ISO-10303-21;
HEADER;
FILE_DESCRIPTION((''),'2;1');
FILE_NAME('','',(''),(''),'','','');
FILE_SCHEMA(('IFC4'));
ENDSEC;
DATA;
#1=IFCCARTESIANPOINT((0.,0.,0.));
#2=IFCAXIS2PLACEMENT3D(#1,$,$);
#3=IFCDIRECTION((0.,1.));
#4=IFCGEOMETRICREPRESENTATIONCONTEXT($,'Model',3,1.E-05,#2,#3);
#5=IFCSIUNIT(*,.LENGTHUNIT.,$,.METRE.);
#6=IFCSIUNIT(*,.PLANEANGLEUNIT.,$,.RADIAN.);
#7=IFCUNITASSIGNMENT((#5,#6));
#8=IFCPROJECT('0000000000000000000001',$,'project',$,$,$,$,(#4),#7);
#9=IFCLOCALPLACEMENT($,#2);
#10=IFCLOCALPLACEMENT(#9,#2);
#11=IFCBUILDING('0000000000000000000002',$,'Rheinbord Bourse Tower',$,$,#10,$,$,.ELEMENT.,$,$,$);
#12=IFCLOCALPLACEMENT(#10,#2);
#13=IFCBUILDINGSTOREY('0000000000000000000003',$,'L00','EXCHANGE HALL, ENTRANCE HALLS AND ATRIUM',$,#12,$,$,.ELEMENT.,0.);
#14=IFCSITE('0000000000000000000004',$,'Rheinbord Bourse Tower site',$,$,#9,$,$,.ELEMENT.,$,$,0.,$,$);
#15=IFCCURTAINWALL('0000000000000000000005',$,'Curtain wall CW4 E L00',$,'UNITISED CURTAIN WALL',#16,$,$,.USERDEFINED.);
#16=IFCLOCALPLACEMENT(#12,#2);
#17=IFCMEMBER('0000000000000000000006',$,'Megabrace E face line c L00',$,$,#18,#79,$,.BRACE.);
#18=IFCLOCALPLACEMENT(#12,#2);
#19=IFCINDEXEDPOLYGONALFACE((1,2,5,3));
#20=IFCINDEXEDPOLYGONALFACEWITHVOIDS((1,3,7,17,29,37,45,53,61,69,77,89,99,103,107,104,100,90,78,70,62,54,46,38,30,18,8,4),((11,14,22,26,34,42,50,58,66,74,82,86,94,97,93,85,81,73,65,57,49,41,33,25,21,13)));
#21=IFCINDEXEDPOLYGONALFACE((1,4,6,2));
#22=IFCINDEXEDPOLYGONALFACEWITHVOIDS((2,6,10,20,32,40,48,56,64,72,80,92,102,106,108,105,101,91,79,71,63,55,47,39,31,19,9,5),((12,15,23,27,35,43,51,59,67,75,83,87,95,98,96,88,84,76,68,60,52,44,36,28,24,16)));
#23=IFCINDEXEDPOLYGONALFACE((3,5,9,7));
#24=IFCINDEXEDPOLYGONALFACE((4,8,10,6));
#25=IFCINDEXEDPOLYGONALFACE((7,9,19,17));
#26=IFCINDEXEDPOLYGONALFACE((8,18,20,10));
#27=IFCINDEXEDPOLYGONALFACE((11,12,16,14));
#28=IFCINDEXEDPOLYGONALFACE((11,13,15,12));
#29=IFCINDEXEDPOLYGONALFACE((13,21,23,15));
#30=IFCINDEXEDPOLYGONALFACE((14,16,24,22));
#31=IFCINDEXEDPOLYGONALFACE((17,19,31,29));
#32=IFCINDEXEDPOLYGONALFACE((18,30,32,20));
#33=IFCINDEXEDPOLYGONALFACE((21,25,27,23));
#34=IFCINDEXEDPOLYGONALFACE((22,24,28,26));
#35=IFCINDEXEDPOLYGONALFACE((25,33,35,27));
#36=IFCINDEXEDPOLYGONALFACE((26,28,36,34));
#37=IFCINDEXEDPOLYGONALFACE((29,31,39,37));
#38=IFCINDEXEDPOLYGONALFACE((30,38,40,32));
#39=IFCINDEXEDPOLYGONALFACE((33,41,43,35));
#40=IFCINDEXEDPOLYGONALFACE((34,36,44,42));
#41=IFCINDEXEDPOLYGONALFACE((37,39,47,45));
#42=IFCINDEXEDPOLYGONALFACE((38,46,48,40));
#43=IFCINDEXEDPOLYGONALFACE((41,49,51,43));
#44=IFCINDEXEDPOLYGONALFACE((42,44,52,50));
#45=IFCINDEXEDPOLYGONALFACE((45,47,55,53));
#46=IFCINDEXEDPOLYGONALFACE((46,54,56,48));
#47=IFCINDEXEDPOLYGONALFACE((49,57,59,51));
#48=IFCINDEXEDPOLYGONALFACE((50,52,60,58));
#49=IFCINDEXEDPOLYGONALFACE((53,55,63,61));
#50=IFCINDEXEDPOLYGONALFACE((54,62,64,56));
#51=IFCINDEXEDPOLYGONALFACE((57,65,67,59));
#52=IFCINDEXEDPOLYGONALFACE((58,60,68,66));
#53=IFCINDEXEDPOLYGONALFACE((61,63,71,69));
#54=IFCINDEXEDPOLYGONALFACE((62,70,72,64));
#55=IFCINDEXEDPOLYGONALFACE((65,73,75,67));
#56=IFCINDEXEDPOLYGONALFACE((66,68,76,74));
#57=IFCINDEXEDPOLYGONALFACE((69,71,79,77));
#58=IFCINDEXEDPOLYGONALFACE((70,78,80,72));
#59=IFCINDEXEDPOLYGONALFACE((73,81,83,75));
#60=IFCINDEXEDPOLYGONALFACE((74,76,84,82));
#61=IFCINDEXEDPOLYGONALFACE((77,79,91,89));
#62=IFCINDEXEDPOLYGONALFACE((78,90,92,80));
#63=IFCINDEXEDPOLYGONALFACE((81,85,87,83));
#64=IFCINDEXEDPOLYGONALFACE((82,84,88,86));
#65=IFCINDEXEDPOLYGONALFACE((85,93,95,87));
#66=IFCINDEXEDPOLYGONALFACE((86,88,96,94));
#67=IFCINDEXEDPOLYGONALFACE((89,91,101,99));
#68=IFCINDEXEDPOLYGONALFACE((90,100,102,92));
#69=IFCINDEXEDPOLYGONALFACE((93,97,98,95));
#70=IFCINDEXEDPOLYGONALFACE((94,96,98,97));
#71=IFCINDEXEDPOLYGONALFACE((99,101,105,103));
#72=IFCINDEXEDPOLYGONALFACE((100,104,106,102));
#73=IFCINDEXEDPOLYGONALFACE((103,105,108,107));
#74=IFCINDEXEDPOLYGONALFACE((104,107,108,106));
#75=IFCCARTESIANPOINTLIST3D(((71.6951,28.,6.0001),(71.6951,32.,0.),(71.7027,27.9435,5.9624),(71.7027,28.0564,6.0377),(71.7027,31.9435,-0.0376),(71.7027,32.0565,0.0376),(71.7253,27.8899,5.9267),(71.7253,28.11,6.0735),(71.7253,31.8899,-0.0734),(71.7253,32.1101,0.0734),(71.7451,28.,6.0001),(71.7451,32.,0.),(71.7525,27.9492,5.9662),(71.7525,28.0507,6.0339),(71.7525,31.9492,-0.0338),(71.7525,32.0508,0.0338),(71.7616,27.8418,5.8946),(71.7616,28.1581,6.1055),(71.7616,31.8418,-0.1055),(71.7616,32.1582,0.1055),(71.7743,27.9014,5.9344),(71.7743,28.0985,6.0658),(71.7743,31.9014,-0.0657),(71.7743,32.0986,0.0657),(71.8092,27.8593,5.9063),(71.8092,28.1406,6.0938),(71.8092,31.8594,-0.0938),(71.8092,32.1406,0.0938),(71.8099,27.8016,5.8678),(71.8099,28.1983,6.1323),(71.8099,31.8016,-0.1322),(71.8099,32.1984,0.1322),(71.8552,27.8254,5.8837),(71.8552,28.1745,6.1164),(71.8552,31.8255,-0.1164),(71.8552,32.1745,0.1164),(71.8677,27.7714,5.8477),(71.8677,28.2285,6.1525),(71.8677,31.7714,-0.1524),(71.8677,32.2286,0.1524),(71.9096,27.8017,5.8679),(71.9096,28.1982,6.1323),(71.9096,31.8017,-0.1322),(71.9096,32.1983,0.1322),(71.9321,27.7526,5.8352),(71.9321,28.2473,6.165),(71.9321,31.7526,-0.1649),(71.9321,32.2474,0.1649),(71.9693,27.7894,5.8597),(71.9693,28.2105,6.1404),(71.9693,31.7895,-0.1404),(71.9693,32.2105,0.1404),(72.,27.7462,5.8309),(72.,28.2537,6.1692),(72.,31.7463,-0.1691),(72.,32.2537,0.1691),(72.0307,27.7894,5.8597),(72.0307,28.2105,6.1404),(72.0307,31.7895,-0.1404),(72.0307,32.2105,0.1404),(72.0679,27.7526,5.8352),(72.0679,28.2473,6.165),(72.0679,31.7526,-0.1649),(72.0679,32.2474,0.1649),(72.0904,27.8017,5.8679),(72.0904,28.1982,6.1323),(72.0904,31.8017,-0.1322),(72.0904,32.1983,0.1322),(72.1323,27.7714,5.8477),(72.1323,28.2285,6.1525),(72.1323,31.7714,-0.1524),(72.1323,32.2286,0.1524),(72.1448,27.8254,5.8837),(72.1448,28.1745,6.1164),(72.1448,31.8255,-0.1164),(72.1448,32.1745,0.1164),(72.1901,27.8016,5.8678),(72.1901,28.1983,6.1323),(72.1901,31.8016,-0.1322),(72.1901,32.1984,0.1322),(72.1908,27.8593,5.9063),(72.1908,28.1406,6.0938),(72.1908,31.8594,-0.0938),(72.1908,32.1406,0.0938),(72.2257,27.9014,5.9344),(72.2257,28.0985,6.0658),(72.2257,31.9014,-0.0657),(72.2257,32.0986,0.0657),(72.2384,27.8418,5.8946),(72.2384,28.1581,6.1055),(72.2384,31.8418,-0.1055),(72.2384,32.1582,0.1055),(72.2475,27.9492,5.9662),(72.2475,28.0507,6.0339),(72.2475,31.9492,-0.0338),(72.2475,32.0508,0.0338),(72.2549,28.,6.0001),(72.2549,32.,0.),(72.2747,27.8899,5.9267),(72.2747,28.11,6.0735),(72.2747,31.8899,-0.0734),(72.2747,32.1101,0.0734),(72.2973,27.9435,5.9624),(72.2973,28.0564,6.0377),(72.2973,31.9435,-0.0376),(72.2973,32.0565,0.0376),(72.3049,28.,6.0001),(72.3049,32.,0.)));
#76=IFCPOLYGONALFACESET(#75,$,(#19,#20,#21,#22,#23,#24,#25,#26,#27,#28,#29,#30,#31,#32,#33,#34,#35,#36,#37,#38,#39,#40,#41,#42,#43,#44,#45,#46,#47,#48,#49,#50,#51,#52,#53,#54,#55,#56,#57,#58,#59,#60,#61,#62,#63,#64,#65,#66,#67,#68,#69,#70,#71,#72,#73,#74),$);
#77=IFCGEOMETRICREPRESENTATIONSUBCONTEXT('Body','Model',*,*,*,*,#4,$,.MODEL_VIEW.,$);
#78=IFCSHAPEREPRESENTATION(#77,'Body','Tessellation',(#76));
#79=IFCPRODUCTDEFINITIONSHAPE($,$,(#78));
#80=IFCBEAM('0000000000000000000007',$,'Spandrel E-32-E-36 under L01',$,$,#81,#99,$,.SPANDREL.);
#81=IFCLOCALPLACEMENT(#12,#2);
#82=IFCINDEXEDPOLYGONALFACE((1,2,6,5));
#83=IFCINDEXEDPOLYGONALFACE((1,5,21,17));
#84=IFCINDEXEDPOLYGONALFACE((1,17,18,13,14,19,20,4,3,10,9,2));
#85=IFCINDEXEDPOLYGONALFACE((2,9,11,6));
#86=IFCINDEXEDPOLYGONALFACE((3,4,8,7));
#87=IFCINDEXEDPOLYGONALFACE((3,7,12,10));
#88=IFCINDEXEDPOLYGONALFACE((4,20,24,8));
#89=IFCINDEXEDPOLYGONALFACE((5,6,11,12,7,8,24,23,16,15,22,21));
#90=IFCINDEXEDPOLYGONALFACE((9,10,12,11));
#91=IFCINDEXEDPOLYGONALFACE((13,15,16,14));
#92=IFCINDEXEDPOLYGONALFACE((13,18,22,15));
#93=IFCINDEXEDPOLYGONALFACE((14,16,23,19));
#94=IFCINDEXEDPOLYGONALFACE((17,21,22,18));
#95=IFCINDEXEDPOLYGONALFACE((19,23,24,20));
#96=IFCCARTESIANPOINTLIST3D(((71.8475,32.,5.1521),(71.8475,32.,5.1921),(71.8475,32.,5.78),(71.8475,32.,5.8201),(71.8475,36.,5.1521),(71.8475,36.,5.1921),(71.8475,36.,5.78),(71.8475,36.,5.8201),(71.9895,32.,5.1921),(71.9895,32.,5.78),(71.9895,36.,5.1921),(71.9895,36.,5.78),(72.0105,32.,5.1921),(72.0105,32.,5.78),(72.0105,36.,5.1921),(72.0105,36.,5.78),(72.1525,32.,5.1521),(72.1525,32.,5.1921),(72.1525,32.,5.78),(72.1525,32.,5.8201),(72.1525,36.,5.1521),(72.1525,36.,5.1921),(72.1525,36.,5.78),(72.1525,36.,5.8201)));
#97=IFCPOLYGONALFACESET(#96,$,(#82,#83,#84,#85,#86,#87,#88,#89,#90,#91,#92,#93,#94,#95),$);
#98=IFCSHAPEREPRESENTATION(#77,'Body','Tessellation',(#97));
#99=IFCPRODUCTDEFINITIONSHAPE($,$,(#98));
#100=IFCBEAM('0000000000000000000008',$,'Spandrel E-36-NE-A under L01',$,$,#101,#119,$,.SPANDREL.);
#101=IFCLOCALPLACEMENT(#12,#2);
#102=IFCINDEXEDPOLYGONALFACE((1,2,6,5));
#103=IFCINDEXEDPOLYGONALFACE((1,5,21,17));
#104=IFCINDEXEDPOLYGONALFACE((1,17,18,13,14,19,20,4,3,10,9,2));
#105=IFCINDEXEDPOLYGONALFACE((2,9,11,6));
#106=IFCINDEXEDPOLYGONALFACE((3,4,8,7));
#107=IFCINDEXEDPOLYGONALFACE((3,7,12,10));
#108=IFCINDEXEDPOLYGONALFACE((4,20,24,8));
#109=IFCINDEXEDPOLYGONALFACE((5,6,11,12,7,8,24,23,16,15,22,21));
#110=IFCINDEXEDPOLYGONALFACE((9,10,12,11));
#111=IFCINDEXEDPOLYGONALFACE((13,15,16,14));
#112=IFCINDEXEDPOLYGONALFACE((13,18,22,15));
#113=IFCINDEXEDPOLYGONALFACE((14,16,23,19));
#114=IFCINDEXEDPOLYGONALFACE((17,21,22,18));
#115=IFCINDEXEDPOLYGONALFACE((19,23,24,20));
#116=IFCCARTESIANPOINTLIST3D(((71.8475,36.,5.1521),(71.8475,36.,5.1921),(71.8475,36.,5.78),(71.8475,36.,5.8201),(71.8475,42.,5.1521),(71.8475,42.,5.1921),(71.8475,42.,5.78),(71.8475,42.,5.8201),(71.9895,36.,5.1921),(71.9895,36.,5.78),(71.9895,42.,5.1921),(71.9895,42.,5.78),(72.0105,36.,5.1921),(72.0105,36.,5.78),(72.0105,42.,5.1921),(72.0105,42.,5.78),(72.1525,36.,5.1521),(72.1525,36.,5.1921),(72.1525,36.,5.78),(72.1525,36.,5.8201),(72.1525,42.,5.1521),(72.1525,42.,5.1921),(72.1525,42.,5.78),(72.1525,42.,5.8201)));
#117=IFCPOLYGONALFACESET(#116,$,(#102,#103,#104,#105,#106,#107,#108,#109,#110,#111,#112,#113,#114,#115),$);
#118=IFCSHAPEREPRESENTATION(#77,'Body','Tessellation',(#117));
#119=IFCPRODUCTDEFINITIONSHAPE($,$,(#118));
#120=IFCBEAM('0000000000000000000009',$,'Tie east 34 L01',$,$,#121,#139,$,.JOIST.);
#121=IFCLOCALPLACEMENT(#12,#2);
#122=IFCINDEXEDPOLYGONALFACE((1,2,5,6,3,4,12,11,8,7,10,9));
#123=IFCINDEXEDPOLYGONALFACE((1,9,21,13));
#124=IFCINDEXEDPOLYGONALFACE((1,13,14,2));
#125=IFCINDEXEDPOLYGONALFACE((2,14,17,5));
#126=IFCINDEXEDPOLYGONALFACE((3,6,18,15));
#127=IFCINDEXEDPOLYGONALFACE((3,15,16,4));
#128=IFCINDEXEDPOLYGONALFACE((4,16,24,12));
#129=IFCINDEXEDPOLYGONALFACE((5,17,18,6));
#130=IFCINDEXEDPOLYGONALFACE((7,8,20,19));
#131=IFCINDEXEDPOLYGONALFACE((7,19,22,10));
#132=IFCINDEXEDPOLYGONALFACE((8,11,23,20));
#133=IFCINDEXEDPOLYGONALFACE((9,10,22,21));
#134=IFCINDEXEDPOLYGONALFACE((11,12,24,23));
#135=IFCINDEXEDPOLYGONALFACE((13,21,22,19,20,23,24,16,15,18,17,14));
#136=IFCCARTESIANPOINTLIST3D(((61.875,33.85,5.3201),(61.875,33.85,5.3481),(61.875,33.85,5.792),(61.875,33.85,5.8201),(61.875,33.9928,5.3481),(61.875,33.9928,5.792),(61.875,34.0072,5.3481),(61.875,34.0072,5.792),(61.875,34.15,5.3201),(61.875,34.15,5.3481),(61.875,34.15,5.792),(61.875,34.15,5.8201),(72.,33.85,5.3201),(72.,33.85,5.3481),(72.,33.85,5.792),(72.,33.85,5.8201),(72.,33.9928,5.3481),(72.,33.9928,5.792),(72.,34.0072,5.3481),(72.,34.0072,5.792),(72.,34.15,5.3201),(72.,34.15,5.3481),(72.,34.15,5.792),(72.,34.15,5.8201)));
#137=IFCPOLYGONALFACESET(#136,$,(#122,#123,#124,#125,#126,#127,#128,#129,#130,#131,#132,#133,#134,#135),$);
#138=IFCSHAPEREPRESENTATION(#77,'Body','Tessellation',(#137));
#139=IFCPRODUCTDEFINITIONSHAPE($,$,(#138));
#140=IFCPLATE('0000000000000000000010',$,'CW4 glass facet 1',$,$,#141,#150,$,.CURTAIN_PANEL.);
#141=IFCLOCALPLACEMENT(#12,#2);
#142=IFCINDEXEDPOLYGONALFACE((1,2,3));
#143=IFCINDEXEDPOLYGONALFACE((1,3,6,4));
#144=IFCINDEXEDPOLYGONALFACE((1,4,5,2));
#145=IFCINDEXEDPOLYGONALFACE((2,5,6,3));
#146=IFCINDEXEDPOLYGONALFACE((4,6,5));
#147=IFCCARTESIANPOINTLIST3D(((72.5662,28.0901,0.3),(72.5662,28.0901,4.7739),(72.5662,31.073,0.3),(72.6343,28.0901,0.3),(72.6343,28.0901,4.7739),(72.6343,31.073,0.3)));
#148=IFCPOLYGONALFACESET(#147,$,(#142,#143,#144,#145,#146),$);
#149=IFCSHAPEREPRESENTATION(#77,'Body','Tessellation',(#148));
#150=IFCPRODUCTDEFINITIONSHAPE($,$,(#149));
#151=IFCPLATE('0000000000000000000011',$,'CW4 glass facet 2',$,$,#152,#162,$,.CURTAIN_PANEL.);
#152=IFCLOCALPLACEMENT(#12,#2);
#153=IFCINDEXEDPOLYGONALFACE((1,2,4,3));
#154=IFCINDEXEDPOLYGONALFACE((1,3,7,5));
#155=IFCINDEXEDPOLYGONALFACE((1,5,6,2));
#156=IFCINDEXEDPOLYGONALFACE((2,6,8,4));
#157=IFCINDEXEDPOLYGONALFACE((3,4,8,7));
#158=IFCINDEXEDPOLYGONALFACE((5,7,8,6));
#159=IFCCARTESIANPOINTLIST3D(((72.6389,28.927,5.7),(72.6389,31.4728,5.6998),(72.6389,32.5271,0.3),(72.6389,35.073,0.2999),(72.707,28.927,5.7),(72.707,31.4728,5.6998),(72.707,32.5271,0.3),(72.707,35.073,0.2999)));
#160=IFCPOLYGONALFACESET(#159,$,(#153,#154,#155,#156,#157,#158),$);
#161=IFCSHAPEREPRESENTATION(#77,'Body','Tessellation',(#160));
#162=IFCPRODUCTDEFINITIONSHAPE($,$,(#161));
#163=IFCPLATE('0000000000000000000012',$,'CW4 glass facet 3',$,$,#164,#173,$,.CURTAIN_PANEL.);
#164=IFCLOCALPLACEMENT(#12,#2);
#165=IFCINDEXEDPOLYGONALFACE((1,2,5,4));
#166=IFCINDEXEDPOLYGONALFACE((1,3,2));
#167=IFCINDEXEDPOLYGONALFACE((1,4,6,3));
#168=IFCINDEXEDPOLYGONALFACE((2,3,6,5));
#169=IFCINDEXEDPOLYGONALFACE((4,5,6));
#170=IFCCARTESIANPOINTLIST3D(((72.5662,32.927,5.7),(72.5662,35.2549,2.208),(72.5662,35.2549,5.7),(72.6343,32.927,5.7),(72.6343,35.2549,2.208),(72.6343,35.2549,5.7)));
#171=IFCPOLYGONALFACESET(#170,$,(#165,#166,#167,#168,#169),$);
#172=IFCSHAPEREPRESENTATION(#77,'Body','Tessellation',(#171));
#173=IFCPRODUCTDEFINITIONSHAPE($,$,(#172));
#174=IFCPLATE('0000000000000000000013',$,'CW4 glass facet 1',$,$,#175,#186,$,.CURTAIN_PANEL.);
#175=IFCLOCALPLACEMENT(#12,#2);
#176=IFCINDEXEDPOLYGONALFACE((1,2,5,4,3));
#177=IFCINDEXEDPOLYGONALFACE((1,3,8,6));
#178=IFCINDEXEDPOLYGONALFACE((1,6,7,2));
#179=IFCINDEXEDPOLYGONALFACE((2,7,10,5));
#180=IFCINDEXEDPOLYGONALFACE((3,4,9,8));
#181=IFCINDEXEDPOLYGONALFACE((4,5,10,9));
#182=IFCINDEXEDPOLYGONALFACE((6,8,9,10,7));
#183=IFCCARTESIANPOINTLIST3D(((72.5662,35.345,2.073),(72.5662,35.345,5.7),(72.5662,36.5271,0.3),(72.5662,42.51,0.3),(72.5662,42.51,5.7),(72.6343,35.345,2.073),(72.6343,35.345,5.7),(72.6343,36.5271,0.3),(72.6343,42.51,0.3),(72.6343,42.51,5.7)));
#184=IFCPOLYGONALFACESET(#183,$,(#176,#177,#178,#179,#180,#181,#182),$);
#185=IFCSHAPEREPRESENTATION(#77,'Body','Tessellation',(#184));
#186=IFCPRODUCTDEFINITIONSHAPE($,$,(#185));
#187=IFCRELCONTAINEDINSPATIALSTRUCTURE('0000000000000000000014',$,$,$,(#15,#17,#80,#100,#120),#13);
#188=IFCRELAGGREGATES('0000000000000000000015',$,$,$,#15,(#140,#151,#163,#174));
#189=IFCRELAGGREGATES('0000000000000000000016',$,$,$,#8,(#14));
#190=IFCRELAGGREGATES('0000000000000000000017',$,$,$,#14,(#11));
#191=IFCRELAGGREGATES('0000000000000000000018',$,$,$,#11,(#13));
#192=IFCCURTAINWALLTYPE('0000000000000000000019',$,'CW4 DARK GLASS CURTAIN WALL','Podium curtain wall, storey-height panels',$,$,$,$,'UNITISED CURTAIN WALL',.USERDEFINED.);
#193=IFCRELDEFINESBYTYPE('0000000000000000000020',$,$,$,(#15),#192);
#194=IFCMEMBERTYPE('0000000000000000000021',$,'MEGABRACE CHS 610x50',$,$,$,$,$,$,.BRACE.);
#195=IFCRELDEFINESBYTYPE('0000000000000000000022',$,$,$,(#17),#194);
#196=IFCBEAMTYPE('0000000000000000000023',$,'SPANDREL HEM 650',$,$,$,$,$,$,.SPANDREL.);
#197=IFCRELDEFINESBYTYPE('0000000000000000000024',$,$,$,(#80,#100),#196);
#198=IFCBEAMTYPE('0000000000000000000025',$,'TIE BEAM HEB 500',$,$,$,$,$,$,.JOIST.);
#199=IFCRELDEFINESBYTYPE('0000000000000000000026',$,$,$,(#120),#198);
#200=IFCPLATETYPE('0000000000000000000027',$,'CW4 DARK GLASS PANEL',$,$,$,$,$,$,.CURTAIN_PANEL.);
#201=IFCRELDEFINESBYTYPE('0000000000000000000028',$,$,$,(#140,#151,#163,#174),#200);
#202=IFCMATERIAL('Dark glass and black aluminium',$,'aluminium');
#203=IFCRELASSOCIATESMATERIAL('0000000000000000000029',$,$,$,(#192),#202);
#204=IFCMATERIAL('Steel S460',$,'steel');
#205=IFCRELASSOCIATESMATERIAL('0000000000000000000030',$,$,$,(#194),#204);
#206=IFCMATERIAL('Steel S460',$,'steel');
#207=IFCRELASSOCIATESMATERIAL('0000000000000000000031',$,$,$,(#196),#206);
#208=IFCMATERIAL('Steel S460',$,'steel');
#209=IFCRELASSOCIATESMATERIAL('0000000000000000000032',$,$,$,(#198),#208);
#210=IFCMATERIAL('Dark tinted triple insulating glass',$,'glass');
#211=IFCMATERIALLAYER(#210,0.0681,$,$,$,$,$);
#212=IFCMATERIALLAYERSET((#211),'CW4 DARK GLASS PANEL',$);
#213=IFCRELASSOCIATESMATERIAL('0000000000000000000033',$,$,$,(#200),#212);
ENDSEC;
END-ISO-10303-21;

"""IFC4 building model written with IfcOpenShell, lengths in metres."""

from ifc_helpers import new_model, si_unit, direction, frame, origin, origin_2d, place, context, subcontext, project, spatial, polyline, hollow_circle, i_section, outline, extrude, material, layer, layer_set, material_profile, profile_set, type_object, element, aggregate, save


model = new_model("IFC4")

# Units and contexts
model_context = context("Model", 3, precision=1e-05, world=origin(), true_north=direction((0.0, 1.0)))
body_context = subcontext(model_context, "Body", "Model", "MODEL_VIEW")
ifc_project = project(units=[si_unit("LENGTHUNIT", "METRE"), si_unit("PLANEANGLEUNIT", "RADIAN")], contexts=[model_context])

# Site, building, storey
site_placement = place(None, origin())
site = spatial("IfcSite", under=ifc_project, at=site_placement, Name="Rheinbord Bourse Tower site", CompositionType="ELEMENT", RefElevation=0.0)
building_placement = place(site_placement, origin())
building = spatial("IfcBuilding", under=site, at=building_placement, Name="Rheinbord Bourse Tower", CompositionType="ELEMENT")
storey_placement = place(building_placement, origin())
storey = spatial("IfcBuildingStorey", under=building, at=storey_placement, Name="L00", Description="EXCHANGE HALL, ENTRANCE HALLS AND ATRIUM", CompositionType="ELEMENT", Elevation=0.0)

# Curtain wall
ifc_material_1 = material(Name="Dark glass and black aluminium", Category="aluminium")
curtain_wall_type = type_object("IfcCurtainWallType", Name="CW4 DARK GLASS CURTAIN WALL", Description="Podium curtain wall, storey-height panels", ElementType="UNITISED CURTAIN WALL", PredefinedType="USERDEFINED", material=ifc_material_1)
curtain_wall_placement = place(storey_placement, origin())
curtain_wall = element("IfcCurtainWall", 1, at=curtain_wall_placement, inside=storey, type_object=curtain_wall_type, Name="Curtain wall CW4 E L00", ObjectType="UNITISED CURTAIN WALL", PredefinedType="USERDEFINED")

# Member
ifc_material_2 = material(Name="Steel S460", Category="steel")
ifc_material_profile_1 = material_profile(ifc_material_2, hollow_circle(Radius=0.3049, WallThickness=0.05, at=origin_2d()), Name="CHS 610x50")
ifc_profile_set_1 = profile_set([ifc_material_profile_1], Name="Steel S460")
member_type_1 = type_object("IfcMemberType", Name="MEGABRACE CHS 610x50", PredefinedType="BRACE", material=ifc_profile_set_1)
for number, where, z_axis, x_axis, name in (
    (2, (72.0, 32.0, 0.0), (0.0, -0.5547, 0.83205), (1.0, 0.0, 0.0), "Megabrace E face line c L00"),
):
    element("IfcMember", number, at=place(storey_placement, frame(where, z_axis=z_axis, x_axis=x_axis)), inside=storey, type_object=member_type_1, Name=name, PredefinedType="BRACE", context=body_context, shape_type="SweptSolid", body=[
        extrude(hollow_circle(Radius=0.3049, WallThickness=0.05, at=origin_2d()), origin(), (0.0, 0.0, 1.0), 7.2112),
    ])

# Beams
ifc_material_3 = material(Name="Steel S460", Category="steel")
ifc_material_profile_2 = material_profile(ifc_material_3, i_section(OverallWidth=0.3049, OverallDepth=0.668, WebThickness=0.021, FlangeThickness=0.04, at=origin_2d()), Name="HEM 650")
ifc_profile_set_2 = profile_set([ifc_material_profile_2], Name="Steel S460")
beam_type_1 = type_object("IfcBeamType", Name="SPANDREL HEM 650", PredefinedType="SPANDREL", material=ifc_profile_set_2)
beam_1_placement = place(storey_placement, frame((72.0, 32.0, 5.4861), z_axis=(0.0, 1.0, 0.0), x_axis=(-1.0, 0.0, 0.0)))
element("IfcBeam", 3, at=beam_1_placement, inside=storey, type_object=beam_type_1, Name="Spandrel E-32-E-36 under L01", PredefinedType="SPANDREL", context=body_context, shape_type="SweptSolid", body=[
    extrude(i_section(OverallWidth=0.3049, OverallDepth=0.668, WebThickness=0.021, FlangeThickness=0.04, at=origin_2d()), origin(), (0.0, 0.0, 1.0), 4.0),
])
beam_2_placement = place(storey_placement, frame((72.0, 36.0, 5.4861), z_axis=(0.0, 1.0, 0.0), x_axis=(-1.0, 0.0, 0.0)))
element("IfcBeam", 4, at=beam_2_placement, inside=storey, type_object=beam_type_1, Name="Spandrel E-36-NE-A under L01", PredefinedType="SPANDREL", context=body_context, shape_type="SweptSolid", body=[
    extrude(i_section(OverallWidth=0.3049, OverallDepth=0.668, WebThickness=0.021, FlangeThickness=0.04, at=origin_2d()), origin(), (0.0, 0.0, 1.0), 6.0),
])
ifc_material_4 = material(Name="Steel S460", Category="steel")
ifc_material_profile_3 = material_profile(ifc_material_4, i_section(OverallWidth=0.3, OverallDepth=0.5, WebThickness=0.0144, FlangeThickness=0.0281, at=origin_2d()), Name="HEB 500")
ifc_profile_set_3 = profile_set([ifc_material_profile_3], Name="Steel S460")
beam_type_2 = type_object("IfcBeamType", Name="TIE BEAM HEB 500", PredefinedType="JOIST", material=ifc_profile_set_3)
beam_3_placement = place(storey_placement, frame((61.875, 34.0, 5.5701), z_axis=(1.0, 0.0, 0.0), x_axis=(0.0, 1.0, 0.0)))
element("IfcBeam", 5, at=beam_3_placement, inside=storey, type_object=beam_type_2, Name="Tie east 34 L01", PredefinedType="JOIST", context=body_context, shape_type="SweptSolid", body=[
    extrude(i_section(OverallWidth=0.3, OverallDepth=0.5, WebThickness=0.0144, FlangeThickness=0.0281, at=origin_2d()), origin(), (0.0, 0.0, 1.0), 10.125),
])

# Plates
ifc_material_5 = material(Name="Dark tinted triple insulating glass", Category="glass")
ifc_layer_1 = layer(ifc_material_5, 0.0681)
ifc_layer_set_1 = layer_set([ifc_layer_1], Name="CW4 DARK GLASS PANEL")
plate_type = type_object("IfcPlateType", Name="CW4 DARK GLASS PANEL", PredefinedType="CURTAIN_PANEL", material=ifc_layer_set_1)
plate_1_placement = place(storey_placement, frame((72.6343, 28.0901, 0.3), z_axis=(-1.0, 0.0, 0.0), x_axis=(0.0, 0.0, 1.0)))
plate_1 = element("IfcPlate", 6, at=plate_1_placement, type_object=plate_type, Name="CW4 glass facet 1", PredefinedType="CURTAIN_PANEL", context=body_context, shape_type="SweptSolid", body=[
    extrude(outline(polyline([(0.0, 0.0), (4.4739, 0.0), (0.0, 2.9829), (0.0, 0.0)])), origin(), (0.0, 0.0, 1.0), 0.0681),
])
plate_2_placement = place(storey_placement, frame((72.707, 32.5271, 0.3), z_axis=(-1.0, 0.0, 0.0), x_axis=(0.0, -0.554718, 0.832039)))
plate_2 = element("IfcPlate", 7, at=plate_2_placement, type_object=plate_type, Name="CW4 glass facet 2", PredefinedType="CURTAIN_PANEL", context=body_context, shape_type="SweptSolid", body=[
    extrude(outline(polyline([(0.0, 0.0), (6.49, 0.0), (5.0776, 2.1182), (-1.4124, 2.1182), (0.0, 0.0)])), origin(), (0.0, 0.0, 1.0), 0.0681),
])
plate_3_placement = place(storey_placement, frame((72.6343, 35.2549, 5.7), z_axis=(-1.0, 0.0, 0.0), x_axis=(0.0, 0.0, -1.0)))
plate_3 = element("IfcPlate", 8, at=plate_3_placement, type_object=plate_type, Name="CW4 glass facet 3", PredefinedType="CURTAIN_PANEL", context=body_context, shape_type="SweptSolid", body=[
    extrude(outline(polyline([(0.0, 0.0), (3.4919, 0.0), (0.0, 2.3279), (0.0, 0.0)])), origin(), (0.0, 0.0, 1.0), 0.0681),
])
plate_4_placement = place(storey_placement, frame((72.6343, 35.345, 5.7), z_axis=(-1.0, 0.0, 0.0), x_axis=(0.0, 1.0, 0.0)))
plate_4 = element("IfcPlate", 9, at=plate_4_placement, type_object=plate_type, Name="CW4 glass facet 1", PredefinedType="CURTAIN_PANEL", context=body_context, shape_type="SweptSolid", body=[
    extrude(outline(polyline([(0.0, 0.0), (7.165, 0.0), (7.165, 5.3999), (1.1821, 5.3999), (0.0, 3.627), (0.0, 0.0)])), origin(), (0.0, 0.0, 1.0), 0.0681),
])
aggregate(curtain_wall, [plate_1, plate_2, plate_3, plate_4])

save(model, "model.ifc")
